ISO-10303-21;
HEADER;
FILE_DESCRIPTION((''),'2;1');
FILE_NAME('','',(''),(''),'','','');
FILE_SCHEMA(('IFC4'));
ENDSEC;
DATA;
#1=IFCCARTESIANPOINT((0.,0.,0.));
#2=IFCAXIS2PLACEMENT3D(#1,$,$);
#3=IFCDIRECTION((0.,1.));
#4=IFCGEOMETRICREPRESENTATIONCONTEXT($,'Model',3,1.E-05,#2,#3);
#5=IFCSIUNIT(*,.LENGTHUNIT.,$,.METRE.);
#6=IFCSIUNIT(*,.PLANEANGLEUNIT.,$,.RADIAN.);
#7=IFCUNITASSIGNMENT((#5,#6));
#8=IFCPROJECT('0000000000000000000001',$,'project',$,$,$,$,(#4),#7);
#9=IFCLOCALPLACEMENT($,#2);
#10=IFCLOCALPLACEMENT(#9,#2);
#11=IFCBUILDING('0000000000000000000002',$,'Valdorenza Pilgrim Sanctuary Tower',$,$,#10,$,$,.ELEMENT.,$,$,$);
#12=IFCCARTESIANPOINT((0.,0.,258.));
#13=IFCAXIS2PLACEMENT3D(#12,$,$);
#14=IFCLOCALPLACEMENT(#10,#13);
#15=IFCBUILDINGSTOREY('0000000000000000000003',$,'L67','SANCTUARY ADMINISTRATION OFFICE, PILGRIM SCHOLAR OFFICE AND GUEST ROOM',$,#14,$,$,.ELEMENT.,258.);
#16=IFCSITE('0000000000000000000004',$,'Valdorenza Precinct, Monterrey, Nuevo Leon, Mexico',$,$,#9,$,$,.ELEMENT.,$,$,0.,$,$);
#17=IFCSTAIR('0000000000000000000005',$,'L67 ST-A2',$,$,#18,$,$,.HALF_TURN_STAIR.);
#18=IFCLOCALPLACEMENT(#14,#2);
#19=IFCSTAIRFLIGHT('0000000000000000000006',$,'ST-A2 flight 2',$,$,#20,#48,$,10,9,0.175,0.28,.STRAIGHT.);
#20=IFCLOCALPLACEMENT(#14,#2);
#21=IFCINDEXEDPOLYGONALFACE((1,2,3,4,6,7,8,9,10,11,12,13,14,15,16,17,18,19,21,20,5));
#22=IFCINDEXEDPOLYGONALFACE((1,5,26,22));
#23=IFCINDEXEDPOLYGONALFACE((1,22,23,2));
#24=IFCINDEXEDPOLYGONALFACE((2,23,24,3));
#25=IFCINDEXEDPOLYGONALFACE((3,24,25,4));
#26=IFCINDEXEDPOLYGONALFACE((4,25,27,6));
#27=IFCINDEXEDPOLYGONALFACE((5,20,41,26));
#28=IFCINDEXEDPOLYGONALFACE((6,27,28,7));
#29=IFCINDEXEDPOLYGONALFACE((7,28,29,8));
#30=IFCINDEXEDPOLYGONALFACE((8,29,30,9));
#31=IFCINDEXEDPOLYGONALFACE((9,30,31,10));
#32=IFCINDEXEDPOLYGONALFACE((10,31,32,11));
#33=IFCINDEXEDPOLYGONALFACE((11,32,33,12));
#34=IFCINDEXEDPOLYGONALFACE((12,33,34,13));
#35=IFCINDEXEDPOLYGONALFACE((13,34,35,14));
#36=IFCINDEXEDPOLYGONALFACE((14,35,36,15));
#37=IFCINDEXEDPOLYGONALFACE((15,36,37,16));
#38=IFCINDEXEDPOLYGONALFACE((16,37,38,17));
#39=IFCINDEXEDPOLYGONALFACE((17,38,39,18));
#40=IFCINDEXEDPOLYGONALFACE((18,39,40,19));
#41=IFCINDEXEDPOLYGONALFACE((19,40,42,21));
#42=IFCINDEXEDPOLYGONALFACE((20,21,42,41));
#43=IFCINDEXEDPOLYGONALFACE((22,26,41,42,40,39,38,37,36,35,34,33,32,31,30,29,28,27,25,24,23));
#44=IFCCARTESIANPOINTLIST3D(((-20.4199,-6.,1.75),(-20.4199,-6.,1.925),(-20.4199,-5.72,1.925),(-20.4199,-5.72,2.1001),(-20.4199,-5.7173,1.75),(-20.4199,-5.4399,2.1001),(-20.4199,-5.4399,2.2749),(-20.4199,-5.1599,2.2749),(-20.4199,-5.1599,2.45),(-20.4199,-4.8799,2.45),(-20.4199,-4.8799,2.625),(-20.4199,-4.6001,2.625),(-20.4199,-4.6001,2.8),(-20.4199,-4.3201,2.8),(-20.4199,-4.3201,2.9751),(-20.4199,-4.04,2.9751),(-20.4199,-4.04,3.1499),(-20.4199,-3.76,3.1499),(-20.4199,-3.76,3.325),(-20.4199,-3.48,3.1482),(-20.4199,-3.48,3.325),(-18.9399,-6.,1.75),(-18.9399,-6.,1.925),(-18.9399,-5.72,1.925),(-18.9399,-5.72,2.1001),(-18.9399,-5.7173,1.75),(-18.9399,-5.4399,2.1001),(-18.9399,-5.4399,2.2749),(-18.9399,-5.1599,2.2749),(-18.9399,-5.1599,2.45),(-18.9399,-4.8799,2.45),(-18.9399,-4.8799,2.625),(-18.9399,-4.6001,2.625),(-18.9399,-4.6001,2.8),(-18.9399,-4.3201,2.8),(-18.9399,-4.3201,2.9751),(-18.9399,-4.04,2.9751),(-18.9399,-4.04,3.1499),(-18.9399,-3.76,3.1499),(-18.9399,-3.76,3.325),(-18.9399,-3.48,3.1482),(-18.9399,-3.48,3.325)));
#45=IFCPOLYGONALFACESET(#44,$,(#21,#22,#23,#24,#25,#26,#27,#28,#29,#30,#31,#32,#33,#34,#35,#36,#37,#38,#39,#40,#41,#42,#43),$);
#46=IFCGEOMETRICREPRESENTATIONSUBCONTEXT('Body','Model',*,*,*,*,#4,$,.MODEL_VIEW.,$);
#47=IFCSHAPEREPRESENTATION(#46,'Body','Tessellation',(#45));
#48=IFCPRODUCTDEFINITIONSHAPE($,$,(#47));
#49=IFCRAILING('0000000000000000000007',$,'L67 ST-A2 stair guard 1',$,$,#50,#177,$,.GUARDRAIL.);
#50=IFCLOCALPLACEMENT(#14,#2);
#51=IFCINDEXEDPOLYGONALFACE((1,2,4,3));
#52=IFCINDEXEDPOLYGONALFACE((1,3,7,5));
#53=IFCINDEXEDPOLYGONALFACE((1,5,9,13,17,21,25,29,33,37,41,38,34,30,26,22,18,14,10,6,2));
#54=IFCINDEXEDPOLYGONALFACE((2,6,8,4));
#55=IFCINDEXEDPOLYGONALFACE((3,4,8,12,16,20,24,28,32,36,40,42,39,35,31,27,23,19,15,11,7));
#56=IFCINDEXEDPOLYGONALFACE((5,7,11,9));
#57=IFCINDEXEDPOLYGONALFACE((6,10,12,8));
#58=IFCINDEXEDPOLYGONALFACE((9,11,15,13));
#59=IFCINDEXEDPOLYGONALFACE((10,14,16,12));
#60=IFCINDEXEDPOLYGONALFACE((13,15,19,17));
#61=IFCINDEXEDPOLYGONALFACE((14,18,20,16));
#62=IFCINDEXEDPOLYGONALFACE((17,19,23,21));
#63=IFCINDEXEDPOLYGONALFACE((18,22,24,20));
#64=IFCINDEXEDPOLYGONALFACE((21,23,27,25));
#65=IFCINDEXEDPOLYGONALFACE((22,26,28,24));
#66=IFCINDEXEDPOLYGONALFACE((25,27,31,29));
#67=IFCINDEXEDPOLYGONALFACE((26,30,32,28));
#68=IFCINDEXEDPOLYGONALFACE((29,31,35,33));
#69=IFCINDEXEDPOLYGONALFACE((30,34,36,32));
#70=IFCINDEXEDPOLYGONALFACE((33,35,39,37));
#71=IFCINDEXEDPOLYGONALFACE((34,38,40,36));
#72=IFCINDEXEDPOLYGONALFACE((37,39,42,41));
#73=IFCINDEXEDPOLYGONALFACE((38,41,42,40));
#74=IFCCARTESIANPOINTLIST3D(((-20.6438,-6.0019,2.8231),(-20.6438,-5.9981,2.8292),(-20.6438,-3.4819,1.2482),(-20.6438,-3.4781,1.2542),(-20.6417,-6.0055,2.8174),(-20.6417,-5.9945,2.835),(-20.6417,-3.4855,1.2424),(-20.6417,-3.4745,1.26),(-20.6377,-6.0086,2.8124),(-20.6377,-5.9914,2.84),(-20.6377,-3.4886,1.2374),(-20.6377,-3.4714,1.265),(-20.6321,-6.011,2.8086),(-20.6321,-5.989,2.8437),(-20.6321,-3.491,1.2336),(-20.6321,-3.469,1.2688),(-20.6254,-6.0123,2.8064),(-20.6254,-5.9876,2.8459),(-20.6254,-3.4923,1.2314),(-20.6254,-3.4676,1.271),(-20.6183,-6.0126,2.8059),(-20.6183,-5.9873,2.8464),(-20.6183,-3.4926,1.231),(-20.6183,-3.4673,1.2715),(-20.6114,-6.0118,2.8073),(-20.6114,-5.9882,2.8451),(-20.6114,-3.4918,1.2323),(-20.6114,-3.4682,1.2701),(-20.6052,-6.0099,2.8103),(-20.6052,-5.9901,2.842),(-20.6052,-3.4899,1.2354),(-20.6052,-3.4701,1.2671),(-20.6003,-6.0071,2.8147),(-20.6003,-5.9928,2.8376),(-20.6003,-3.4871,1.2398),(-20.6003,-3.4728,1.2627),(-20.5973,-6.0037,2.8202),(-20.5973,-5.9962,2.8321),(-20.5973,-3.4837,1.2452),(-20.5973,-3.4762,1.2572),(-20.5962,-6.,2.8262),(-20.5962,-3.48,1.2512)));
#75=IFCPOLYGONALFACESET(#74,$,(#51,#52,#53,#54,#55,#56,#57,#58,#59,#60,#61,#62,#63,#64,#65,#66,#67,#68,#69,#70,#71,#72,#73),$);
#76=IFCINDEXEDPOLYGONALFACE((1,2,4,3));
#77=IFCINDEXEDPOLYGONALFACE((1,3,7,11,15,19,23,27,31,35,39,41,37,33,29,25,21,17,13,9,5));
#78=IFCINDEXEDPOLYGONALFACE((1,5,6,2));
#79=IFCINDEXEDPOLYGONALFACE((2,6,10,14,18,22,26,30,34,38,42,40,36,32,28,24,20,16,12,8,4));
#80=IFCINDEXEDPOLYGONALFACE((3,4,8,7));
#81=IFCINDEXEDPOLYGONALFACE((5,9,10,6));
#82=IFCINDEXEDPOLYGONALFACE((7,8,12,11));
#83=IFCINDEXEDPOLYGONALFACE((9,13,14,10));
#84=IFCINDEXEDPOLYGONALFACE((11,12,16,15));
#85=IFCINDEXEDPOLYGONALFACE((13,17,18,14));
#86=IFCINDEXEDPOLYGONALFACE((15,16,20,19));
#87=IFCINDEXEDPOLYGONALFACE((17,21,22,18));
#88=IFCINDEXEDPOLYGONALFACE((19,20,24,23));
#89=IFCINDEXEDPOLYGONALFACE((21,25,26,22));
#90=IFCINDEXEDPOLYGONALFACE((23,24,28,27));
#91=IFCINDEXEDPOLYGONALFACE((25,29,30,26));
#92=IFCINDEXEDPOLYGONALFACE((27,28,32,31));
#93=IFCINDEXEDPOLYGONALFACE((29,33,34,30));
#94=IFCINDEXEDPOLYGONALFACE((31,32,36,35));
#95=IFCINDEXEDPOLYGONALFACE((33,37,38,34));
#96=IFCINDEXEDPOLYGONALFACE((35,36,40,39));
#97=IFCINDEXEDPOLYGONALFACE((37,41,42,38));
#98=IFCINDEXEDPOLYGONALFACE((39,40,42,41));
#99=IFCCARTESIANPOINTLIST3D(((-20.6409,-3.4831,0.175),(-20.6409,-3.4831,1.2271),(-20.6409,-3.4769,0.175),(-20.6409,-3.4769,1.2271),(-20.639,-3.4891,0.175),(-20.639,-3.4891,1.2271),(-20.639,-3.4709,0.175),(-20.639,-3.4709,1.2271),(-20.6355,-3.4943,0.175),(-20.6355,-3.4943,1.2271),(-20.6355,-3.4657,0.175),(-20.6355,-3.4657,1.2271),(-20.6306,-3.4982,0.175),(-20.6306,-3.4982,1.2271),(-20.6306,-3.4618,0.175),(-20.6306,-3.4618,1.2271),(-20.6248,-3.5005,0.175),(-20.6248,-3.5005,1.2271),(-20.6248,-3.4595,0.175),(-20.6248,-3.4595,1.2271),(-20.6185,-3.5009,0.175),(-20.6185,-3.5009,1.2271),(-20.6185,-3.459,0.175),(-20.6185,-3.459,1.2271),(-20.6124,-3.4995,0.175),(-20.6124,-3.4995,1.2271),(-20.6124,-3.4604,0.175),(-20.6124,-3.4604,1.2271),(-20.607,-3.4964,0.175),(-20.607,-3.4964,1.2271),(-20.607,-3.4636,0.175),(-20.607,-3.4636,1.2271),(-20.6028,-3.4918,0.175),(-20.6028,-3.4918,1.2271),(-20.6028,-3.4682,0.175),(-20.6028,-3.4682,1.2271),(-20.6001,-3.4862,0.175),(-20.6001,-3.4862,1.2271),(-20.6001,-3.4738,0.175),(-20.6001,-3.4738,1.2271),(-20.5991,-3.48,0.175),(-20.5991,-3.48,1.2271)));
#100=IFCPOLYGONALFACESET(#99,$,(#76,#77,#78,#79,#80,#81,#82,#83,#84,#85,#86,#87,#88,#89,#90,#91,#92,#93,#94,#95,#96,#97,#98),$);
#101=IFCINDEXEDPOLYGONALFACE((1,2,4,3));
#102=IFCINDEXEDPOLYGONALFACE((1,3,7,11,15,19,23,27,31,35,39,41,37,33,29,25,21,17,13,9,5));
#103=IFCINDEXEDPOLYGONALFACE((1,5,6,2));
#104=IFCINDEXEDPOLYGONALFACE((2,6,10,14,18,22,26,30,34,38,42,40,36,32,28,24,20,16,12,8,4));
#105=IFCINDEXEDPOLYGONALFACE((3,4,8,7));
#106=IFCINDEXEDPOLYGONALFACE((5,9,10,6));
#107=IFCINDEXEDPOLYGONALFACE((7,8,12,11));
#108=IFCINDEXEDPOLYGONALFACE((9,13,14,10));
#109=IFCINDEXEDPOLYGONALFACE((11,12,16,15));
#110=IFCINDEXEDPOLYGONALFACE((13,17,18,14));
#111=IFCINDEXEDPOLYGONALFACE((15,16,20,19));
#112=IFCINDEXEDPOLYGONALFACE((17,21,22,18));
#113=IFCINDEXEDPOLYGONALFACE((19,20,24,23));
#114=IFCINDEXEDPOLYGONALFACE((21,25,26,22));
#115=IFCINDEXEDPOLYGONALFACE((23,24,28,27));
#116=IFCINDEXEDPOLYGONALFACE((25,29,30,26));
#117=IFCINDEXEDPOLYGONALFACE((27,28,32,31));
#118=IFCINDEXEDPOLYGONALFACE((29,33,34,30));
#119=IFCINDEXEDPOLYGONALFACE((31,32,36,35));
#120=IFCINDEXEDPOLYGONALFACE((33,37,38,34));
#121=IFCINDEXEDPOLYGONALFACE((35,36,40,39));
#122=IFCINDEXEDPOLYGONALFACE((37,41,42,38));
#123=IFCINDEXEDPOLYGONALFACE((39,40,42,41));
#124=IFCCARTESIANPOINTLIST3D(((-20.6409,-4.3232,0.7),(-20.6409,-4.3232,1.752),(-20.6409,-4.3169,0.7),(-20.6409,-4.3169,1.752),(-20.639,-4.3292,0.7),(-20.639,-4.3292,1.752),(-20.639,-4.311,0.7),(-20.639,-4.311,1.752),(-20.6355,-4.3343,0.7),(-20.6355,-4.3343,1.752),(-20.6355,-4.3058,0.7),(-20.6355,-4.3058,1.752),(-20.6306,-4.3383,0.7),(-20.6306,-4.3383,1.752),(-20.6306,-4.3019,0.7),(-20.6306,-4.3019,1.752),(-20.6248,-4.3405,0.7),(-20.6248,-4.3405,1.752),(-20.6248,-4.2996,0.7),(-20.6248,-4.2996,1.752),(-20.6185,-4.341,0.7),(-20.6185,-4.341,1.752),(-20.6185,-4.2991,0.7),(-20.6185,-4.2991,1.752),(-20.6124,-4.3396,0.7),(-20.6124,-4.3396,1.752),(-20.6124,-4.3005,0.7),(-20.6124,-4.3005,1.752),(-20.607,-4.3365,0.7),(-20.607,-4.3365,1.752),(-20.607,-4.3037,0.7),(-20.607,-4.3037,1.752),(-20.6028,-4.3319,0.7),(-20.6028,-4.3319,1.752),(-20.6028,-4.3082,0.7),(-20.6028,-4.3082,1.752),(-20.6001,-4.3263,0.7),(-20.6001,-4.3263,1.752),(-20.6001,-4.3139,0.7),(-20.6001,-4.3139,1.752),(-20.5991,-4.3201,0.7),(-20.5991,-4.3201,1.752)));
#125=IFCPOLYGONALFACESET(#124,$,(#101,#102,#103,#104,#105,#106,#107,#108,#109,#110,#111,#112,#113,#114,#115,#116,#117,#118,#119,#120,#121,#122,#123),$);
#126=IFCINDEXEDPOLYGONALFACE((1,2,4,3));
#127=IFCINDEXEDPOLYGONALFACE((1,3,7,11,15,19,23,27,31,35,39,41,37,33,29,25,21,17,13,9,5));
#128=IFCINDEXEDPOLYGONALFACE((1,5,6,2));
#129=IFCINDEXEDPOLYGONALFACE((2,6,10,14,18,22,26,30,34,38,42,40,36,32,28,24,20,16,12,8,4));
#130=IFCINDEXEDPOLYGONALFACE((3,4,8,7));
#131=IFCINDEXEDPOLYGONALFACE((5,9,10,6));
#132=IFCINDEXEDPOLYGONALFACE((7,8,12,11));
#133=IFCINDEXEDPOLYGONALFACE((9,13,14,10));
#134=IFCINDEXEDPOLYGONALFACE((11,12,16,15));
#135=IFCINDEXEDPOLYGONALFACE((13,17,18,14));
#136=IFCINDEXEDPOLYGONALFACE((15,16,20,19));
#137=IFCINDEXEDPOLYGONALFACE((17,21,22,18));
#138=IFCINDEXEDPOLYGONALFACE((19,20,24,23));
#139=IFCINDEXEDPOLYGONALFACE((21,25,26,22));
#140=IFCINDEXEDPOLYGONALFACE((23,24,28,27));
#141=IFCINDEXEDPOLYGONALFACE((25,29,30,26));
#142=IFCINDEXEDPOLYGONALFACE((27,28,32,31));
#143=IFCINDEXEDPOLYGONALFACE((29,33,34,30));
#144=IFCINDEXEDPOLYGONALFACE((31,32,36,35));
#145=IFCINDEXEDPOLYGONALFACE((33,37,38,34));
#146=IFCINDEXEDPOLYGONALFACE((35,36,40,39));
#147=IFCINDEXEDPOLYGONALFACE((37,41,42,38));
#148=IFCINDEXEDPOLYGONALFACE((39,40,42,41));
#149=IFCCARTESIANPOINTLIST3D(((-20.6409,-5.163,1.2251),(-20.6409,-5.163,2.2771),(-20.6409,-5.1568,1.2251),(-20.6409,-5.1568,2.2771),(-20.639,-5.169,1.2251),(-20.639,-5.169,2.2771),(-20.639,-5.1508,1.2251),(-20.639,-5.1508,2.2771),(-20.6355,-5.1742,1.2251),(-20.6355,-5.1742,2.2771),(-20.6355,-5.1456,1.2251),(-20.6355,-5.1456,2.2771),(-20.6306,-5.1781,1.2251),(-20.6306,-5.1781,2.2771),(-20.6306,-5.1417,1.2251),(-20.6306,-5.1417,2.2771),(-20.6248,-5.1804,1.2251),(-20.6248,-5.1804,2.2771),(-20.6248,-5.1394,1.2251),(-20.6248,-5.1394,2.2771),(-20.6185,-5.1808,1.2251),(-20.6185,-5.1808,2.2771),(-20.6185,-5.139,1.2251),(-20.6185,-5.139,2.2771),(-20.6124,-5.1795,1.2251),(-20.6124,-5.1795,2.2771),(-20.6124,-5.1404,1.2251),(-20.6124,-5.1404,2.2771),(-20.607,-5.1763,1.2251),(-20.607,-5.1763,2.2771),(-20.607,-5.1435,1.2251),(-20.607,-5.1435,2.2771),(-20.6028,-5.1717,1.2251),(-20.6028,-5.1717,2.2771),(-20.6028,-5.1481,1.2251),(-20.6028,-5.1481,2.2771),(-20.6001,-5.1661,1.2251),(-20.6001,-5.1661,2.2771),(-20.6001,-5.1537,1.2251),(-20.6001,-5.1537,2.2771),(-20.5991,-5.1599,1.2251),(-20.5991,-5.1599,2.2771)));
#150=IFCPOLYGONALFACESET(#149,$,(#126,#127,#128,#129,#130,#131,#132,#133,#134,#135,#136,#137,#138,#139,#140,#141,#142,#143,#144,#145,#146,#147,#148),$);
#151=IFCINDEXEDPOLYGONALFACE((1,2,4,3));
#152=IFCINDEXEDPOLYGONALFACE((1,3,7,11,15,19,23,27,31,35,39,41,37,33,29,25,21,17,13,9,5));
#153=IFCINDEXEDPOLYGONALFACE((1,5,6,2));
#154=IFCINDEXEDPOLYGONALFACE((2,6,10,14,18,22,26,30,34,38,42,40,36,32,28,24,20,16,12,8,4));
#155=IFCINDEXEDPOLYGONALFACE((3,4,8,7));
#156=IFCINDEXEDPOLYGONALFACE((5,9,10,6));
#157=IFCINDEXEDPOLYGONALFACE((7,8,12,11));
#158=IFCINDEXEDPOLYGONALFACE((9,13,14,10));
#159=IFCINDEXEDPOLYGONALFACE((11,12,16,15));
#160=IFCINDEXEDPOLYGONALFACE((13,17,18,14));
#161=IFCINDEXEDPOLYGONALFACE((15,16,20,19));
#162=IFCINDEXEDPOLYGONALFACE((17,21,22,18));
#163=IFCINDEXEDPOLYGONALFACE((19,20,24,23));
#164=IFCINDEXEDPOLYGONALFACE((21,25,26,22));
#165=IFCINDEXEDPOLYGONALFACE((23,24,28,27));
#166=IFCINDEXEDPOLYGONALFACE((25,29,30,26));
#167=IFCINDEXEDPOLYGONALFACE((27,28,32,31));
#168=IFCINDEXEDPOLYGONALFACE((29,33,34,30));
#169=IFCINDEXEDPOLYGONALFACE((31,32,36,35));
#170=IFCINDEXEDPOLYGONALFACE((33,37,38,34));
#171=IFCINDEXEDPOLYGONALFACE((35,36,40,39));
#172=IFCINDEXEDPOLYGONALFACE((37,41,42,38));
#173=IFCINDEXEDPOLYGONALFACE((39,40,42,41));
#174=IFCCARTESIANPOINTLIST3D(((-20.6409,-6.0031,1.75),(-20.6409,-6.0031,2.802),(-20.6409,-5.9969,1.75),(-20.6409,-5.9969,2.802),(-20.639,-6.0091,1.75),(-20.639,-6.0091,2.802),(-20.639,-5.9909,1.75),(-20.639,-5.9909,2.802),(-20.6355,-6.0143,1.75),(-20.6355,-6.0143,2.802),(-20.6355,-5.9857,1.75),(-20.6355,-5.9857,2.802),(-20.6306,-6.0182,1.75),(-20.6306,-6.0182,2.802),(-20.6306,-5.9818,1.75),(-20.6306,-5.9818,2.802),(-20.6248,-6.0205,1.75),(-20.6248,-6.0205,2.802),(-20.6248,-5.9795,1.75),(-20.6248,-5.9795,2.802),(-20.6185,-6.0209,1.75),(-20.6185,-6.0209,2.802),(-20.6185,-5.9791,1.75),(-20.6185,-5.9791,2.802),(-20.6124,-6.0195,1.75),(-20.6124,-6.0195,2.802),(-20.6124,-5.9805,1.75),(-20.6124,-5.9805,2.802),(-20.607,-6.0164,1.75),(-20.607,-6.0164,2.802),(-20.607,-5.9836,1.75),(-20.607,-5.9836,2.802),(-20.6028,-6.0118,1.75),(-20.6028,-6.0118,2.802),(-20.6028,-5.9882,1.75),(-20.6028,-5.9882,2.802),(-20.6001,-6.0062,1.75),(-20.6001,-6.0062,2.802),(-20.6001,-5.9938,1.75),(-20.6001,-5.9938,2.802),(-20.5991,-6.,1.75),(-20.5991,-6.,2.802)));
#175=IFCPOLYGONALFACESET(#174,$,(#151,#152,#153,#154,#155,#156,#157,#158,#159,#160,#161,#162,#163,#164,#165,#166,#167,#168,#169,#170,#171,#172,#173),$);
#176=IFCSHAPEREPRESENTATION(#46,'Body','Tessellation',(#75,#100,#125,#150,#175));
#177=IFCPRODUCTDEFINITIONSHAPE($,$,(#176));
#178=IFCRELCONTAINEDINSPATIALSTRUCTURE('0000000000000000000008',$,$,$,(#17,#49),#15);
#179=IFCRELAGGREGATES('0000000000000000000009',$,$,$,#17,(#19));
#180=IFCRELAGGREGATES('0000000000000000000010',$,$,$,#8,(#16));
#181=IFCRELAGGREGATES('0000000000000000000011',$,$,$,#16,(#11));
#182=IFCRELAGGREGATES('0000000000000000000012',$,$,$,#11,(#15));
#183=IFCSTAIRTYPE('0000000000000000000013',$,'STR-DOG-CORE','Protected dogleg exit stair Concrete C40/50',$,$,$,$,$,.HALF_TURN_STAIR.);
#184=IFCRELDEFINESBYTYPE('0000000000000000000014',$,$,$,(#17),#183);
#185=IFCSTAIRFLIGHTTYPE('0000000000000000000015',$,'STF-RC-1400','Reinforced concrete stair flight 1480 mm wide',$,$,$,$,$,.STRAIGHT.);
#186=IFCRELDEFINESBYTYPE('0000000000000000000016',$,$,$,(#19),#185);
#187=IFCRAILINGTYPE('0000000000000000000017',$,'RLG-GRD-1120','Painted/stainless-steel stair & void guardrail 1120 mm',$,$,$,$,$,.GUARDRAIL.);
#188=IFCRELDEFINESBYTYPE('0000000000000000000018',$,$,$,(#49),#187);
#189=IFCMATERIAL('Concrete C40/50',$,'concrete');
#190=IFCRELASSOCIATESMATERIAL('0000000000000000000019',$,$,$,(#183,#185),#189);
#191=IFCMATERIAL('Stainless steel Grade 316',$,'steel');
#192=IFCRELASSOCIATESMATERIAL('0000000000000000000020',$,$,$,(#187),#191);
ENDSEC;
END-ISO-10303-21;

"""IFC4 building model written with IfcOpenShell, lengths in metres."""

from ifc_helpers import new_model, si_unit, direction, frame, origin, origin_2d, place, context, subcontext, project, spatial, polyline, circle, outline, extrude, material, type_object, element, aggregate, save


model = new_model("IFC4")

# Units and contexts
model_context = context("Model", 3, precision=1e-05, world=origin(), true_north=direction((0.0, 1.0)))
body_context = subcontext(model_context, "Body", "Model", "MODEL_VIEW")
ifc_project = project(units=[si_unit("LENGTHUNIT", "METRE"), si_unit("PLANEANGLEUNIT", "RADIAN")], contexts=[model_context])

# Site, building, storey
site_placement = place(None, origin())
site = spatial("IfcSite", under=ifc_project, at=site_placement, Name="Valdorenza Precinct, Monterrey, Nuevo Leon, Mexico", CompositionType="ELEMENT", RefElevation=0.0)
building_placement = place(site_placement, origin())
building = spatial("IfcBuilding", under=site, at=building_placement, Name="Valdorenza Pilgrim Sanctuary Tower", CompositionType="ELEMENT")
storey_placement = place(building_placement, frame((0.0, 0.0, 258.0)))
storey = spatial("IfcBuildingStorey", under=building, at=storey_placement, Name="L67", Description="SANCTUARY ADMINISTRATION OFFICE, PILGRIM SCHOLAR OFFICE AND GUEST ROOM", CompositionType="ELEMENT", Elevation=258.0)

# Shared definitions
ifc_material_1 = material(Name="Concrete C40/50", Category="concrete")

# Stair, stair flight
stair_type = type_object("IfcStairType", Name="STR-DOG-CORE", Description="Protected dogleg exit stair Concrete C40/50", PredefinedType="HALF_TURN_STAIR", material=ifc_material_1)
stair_placement = place(storey_placement, origin())
stair = element("IfcStair", 1, at=stair_placement, inside=storey, type_object=stair_type, Name="L67 ST-A2", PredefinedType="HALF_TURN_STAIR")
stair_flight_type = type_object("IfcStairFlightType", Name="STF-RC-1400", Description="Reinforced concrete stair flight 1480 mm wide", PredefinedType="STRAIGHT", material=ifc_material_1)
stair_flight_1_placement = place(storey_placement, frame((-19.6799, -6.0, 1.75), z_axis=(0.0, 0.0, 1.0), x_axis=(0.0, 1.0, 0.0)))
stair_flight_1 = element("IfcStairFlight", 2, at=stair_flight_1_placement, type_object=stair_flight_type, Name="ST-A2 flight 2", NumberOfRisers=10, NumberOfTreads=9, PredefinedType="STRAIGHT", RiserHeight=0.175, TreadLength=0.28, context=body_context, shape_type="SweptSolid", body=[
    extrude(outline(polyline([(0.0, 0.0), (0.0, 0.175), (0.28, 0.175), (0.28, 0.3501), (0.5601, 0.3501), (0.5601, 0.5249), (0.8401, 0.5249), (0.8401, 0.7), (1.1201, 0.7), (1.1201, 0.875), (1.3999, 0.875), (1.3999, 1.05), (1.6799, 1.05), (1.6799, 1.2251), (1.96, 1.2251), (1.96, 1.3999), (2.24, 1.3999), (2.24, 1.575), (2.52, 1.575), (2.52, 1.75), (2.52, 1.3982), (0.2827, 0.0), (0.0, 0.0)])), frame((0.0, 0.74, 0.0), z_axis=(0.0, -1.0, 0.0), x_axis=(1.0, 0.0, 0.0)), (0.0, 0.0, 1.0), 1.48),
])
aggregate(stair, [stair_flight_1])

# Railing
ifc_material_2 = material(Name="Stainless steel Grade 316", Category="steel")
railing_type_1 = type_object("IfcRailingType", Name="RLG-GRD-1120", Description="Painted/stainless-steel stair & void guardrail 1120 mm", PredefinedType="GUARDRAIL", material=ifc_material_2)
railing_1_placement = place(storey_placement, frame((-20.6201, -3.48, 0.175)))
element("IfcRailing", 3, at=railing_1_placement, inside=storey, type_object=railing_type_1, Name="L67 ST-A2 stair guard 1", PredefinedType="GUARDRAIL", context=body_context, shape_type="SweptSolid", body=[
    extrude(circle(Radius=0.0239, at=origin_2d()), frame((0.0, 0.0, 1.0762), z_axis=(0.0, -0.848008, 0.529984), x_axis=(1.0, 0.0, 0.0)), (0.0, 0.0, 1.0), 2.9717),
    extrude(circle(Radius=0.021, at=origin_2d()), origin(), (0.0, 0.0, 1.0), 1.052),
    extrude(circle(Radius=0.021, at=origin_2d()), frame((0.0, -0.8401, 0.5249)), (0.0, 0.0, 1.0), 1.052),
    extrude(circle(Radius=0.021, at=origin_2d()), frame((0.0, -1.6799, 1.05)), (0.0, 0.0, 1.0), 1.052),
    extrude(circle(Radius=0.021, at=origin_2d()), frame((0.0, -2.52, 1.575)), (0.0, 0.0, 1.0), 1.052),
])

save(model, "model.ifc")
